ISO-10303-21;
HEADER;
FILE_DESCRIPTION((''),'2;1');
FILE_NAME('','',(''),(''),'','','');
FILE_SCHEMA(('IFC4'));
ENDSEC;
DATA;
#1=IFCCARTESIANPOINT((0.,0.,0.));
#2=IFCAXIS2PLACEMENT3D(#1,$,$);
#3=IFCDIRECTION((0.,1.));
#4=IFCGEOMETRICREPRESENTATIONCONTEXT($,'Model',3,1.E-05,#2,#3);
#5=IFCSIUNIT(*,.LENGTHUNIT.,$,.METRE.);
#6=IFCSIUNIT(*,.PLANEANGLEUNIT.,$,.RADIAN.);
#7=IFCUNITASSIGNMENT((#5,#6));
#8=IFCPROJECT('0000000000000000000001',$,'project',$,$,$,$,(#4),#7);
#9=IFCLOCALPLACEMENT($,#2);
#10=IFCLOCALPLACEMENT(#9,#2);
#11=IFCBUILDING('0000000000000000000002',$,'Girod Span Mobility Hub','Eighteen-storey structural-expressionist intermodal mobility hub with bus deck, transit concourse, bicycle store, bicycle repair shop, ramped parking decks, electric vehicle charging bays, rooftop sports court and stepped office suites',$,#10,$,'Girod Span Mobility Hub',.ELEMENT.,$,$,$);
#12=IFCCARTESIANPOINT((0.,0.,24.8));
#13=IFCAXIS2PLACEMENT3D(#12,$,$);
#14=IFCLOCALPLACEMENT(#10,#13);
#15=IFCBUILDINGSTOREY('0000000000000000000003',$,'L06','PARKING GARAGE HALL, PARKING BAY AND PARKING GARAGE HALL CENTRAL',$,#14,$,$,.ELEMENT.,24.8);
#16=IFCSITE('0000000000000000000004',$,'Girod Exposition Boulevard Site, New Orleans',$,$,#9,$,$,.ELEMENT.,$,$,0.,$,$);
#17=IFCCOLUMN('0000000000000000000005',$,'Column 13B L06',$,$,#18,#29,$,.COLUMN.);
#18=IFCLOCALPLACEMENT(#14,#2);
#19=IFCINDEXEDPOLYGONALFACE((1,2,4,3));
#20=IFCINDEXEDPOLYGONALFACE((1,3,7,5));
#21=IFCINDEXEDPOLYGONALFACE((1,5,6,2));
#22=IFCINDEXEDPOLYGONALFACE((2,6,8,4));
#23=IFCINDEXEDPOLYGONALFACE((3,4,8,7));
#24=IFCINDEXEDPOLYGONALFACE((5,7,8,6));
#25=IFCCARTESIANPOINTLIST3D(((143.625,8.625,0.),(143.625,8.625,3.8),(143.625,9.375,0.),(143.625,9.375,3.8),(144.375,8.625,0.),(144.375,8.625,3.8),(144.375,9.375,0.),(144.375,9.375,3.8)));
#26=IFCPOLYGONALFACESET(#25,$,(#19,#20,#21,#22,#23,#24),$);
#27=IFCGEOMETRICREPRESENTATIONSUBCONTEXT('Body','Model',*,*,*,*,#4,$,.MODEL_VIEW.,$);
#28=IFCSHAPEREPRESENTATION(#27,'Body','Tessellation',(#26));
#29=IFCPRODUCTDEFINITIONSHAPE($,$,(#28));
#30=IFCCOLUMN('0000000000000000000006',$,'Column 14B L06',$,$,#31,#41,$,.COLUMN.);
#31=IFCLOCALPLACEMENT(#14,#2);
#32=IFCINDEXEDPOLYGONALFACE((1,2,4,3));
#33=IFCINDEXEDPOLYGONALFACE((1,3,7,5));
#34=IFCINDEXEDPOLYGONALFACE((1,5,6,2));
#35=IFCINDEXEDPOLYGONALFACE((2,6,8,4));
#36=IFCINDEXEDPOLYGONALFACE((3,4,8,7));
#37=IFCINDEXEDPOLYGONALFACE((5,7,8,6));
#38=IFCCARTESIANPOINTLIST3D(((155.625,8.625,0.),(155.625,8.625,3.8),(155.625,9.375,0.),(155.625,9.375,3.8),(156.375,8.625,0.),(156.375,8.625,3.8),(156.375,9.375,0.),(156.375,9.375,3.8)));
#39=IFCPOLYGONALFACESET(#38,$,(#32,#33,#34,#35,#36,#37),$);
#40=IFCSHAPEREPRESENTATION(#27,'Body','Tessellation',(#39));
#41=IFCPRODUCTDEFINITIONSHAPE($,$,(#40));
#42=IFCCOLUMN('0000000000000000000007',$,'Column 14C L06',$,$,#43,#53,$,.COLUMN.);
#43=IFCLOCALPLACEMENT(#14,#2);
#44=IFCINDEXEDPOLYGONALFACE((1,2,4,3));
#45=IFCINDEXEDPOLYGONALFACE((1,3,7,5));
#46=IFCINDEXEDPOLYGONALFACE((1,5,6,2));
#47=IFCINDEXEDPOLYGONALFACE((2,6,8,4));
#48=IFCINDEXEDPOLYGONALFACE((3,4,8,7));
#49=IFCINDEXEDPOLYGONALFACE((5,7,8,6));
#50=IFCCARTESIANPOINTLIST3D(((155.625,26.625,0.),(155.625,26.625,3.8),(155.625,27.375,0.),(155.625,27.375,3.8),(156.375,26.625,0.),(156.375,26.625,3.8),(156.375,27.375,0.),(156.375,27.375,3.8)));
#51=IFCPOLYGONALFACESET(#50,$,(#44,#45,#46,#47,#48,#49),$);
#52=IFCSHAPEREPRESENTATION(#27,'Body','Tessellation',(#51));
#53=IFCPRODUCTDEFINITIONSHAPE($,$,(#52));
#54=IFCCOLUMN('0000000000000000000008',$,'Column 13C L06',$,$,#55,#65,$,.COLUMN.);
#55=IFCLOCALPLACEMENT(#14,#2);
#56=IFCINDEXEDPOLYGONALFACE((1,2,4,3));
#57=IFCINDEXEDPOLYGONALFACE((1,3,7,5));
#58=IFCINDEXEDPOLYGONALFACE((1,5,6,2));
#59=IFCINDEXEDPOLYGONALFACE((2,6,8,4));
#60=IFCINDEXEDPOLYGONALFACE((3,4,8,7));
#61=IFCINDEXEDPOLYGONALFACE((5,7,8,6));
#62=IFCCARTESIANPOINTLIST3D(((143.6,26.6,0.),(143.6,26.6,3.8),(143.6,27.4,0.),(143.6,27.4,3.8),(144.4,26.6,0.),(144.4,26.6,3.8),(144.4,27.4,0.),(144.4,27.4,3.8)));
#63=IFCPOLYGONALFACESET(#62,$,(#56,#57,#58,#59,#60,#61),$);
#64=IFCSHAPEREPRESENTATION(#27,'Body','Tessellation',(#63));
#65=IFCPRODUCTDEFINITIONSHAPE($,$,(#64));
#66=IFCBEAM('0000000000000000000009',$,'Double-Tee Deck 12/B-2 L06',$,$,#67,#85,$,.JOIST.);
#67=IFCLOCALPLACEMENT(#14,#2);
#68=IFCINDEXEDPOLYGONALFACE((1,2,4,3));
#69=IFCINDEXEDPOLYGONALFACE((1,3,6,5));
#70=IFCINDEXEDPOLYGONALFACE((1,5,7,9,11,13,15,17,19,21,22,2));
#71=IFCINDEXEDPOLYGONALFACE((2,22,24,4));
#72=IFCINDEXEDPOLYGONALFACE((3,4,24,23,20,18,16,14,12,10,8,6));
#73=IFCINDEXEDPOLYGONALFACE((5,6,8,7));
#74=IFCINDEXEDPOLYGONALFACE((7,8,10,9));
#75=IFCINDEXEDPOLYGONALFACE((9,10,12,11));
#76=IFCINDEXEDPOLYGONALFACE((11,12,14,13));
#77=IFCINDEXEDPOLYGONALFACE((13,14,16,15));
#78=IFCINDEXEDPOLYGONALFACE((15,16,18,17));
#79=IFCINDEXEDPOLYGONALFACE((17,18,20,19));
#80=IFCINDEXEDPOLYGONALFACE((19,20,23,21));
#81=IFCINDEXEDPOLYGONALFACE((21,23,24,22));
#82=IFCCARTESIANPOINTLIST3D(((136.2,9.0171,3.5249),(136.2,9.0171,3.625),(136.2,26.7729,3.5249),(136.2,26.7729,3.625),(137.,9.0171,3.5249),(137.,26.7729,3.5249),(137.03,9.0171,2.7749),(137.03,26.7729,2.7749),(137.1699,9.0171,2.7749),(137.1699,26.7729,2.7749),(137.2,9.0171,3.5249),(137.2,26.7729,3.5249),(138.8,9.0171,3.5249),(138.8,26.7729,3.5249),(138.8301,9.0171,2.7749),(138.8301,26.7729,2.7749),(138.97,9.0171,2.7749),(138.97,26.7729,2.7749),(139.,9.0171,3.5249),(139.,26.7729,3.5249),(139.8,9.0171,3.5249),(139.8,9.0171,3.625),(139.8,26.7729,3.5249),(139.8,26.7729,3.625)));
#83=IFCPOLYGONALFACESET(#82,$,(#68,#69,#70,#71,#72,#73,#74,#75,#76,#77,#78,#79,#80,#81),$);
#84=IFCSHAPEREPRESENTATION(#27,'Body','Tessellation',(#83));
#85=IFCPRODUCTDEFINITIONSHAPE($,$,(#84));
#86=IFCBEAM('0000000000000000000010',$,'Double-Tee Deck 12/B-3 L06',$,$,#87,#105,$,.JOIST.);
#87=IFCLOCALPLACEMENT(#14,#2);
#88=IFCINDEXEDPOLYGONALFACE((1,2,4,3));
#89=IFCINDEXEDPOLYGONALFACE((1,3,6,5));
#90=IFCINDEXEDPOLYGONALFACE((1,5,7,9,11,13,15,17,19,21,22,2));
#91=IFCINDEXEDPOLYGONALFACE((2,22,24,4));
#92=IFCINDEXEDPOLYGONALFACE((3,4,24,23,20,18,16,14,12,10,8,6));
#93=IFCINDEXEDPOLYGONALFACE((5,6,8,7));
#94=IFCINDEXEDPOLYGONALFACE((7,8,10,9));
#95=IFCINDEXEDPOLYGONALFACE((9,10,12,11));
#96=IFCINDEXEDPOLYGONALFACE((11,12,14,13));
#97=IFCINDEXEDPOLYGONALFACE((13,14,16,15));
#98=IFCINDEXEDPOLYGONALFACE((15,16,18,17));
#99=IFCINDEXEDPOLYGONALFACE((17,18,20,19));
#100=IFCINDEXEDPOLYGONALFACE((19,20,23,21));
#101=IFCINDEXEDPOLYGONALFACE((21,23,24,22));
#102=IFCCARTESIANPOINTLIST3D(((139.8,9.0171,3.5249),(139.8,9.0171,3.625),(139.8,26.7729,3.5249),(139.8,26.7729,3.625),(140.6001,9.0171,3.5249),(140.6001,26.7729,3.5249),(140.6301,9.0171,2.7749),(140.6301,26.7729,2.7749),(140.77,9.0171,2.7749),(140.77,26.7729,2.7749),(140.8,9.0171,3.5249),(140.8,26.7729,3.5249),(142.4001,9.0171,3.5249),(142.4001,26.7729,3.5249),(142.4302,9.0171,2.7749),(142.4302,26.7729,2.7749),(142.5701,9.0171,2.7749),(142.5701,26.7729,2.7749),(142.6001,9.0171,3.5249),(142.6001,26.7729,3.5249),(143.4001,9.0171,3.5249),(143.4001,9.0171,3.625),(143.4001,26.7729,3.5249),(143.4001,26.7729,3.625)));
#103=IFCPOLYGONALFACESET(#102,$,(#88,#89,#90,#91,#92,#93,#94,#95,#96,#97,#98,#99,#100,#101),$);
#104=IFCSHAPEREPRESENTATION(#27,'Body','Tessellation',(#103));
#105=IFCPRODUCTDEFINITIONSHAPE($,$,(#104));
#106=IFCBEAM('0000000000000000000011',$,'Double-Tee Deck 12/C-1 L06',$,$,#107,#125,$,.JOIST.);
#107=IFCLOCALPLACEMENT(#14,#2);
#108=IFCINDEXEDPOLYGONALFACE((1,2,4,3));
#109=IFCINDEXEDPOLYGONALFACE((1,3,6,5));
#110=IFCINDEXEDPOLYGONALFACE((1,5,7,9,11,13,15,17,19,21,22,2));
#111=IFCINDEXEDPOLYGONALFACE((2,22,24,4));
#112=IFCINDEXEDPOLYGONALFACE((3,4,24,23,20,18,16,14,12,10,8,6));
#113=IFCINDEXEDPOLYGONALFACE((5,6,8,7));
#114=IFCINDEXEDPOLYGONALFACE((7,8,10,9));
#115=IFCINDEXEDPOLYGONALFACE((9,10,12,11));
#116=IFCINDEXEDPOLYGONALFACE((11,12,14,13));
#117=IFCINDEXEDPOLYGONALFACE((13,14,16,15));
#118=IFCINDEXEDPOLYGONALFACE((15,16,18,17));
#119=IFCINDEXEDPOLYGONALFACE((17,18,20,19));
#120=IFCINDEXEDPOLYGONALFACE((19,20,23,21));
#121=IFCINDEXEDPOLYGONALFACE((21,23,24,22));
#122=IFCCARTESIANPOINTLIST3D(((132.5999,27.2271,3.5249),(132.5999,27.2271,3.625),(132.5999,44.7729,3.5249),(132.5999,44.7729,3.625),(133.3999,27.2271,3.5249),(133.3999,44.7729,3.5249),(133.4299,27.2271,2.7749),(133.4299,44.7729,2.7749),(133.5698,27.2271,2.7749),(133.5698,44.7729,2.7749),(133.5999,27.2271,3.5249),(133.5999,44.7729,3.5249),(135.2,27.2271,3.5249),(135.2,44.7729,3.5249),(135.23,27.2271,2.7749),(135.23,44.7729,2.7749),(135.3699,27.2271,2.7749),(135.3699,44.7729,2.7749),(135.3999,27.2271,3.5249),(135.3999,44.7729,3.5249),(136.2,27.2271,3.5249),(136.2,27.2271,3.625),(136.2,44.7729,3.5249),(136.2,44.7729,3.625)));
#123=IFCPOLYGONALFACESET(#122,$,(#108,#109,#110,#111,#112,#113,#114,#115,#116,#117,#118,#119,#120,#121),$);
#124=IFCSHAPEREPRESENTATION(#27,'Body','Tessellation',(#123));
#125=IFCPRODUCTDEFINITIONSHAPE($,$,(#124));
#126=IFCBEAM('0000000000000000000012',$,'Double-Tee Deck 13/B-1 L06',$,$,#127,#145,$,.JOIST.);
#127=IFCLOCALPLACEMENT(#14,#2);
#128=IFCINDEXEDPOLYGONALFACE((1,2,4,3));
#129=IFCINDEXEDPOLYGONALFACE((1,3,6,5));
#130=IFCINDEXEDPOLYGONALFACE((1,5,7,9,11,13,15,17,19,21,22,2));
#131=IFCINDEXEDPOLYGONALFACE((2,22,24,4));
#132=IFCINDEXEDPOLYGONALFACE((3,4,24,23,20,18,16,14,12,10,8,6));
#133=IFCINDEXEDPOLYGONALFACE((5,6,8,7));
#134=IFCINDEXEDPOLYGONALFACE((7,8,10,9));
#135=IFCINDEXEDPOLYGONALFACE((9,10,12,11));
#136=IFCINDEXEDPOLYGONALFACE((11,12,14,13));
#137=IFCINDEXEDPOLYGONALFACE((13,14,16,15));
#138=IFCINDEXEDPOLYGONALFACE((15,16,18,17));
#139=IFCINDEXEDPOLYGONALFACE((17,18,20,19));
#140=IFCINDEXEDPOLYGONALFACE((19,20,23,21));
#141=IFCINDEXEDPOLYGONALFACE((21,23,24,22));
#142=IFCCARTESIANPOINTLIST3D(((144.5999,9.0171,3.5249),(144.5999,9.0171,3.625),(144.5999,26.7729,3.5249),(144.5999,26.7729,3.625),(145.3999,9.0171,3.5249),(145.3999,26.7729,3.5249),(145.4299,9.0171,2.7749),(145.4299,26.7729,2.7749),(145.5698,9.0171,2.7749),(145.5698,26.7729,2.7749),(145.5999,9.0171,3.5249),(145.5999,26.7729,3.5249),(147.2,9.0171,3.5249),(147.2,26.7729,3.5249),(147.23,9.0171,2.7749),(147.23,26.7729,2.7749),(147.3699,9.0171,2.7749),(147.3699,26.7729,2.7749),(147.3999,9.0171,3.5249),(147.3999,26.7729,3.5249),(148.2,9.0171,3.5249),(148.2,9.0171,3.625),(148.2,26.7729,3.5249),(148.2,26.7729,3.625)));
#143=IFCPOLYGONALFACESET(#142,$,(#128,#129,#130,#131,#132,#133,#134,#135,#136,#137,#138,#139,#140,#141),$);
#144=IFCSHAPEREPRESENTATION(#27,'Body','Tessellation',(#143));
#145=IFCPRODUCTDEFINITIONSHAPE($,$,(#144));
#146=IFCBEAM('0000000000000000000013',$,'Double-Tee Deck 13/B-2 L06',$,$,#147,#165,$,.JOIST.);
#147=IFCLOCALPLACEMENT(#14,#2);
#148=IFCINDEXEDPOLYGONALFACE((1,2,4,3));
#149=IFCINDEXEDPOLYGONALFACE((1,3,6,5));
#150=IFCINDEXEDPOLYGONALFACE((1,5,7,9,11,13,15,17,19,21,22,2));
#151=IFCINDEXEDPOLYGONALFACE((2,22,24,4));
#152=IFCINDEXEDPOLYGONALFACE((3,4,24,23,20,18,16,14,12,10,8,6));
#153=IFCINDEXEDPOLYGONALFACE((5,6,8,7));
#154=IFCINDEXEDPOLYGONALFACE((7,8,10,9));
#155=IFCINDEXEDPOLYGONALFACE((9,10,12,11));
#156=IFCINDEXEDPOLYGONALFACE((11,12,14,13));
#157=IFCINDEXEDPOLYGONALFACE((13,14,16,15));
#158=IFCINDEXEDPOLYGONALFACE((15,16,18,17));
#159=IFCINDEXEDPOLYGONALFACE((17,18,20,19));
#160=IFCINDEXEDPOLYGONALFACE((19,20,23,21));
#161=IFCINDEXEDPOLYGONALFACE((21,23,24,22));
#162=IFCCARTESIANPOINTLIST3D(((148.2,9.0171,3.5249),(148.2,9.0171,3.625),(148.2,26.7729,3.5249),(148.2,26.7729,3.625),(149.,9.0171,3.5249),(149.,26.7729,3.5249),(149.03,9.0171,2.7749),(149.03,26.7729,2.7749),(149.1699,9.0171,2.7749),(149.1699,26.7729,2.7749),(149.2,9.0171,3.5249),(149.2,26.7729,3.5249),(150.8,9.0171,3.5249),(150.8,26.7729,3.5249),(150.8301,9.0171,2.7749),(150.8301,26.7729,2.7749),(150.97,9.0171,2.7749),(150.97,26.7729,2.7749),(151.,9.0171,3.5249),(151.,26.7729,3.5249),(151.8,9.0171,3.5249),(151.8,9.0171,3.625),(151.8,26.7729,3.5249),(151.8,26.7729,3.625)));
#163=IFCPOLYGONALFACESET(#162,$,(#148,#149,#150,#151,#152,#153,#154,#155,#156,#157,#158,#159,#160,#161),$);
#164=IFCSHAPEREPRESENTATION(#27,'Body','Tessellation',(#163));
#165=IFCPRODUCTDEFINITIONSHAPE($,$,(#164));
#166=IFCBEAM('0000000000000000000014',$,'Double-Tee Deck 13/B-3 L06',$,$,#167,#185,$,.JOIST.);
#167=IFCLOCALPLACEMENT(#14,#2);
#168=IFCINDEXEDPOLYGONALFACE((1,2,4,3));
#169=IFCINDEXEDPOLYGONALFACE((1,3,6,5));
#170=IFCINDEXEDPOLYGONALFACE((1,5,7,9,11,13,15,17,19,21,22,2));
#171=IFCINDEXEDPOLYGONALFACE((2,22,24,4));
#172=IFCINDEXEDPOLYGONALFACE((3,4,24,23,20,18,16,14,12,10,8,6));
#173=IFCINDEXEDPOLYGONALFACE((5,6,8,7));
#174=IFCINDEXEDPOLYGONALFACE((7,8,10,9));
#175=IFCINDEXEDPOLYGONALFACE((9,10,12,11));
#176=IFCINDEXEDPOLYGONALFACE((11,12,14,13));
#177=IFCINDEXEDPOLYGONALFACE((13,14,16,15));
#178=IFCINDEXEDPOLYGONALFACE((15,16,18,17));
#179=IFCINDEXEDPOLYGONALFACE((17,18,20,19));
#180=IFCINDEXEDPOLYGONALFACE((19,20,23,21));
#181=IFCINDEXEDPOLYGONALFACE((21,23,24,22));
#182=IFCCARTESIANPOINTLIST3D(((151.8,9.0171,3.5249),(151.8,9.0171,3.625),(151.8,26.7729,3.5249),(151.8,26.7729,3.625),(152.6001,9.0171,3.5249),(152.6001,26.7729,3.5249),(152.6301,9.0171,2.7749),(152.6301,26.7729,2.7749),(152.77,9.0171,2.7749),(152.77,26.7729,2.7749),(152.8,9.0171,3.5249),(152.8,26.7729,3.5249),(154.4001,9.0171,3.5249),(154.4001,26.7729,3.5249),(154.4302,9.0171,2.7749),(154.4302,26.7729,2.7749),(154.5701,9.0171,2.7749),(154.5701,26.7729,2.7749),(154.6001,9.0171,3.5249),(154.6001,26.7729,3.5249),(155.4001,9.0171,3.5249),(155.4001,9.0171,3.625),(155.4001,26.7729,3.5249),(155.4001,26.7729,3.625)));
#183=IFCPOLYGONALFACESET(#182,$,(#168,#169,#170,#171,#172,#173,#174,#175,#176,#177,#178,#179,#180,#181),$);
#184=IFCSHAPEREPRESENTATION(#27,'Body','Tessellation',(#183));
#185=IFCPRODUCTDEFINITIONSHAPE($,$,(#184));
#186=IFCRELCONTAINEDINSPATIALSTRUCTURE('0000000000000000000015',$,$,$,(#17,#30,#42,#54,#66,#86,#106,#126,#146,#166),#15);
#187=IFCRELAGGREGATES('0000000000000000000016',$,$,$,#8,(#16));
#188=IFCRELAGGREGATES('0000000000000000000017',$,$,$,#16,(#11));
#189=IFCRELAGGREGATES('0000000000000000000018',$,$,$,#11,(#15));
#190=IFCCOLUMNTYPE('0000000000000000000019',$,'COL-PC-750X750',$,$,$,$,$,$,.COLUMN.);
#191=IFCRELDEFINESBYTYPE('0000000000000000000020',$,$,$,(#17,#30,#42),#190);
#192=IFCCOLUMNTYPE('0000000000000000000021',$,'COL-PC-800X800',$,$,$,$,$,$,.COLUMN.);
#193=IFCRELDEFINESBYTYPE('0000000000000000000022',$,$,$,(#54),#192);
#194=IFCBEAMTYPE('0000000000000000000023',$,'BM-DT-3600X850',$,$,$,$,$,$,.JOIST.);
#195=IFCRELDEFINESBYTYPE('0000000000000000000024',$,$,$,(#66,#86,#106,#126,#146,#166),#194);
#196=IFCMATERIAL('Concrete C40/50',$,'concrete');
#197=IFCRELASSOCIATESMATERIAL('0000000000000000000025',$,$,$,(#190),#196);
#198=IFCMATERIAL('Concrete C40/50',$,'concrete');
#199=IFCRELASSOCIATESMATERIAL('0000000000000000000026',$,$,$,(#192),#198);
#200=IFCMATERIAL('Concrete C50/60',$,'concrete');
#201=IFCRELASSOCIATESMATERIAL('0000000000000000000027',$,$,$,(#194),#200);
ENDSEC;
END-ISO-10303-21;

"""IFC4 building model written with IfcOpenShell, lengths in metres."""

from ifc_helpers import new_model, si_unit, direction, frame, origin, origin_2d, place, context, subcontext, project, spatial, polyline, rectangle, outline, extrude, material, material_profile, profile_set, type_object, element, save


model = new_model("IFC4")

# Units and contexts
model_context = context("Model", 3, precision=1e-05, world=origin(), true_north=direction((0.0, 1.0)))
body_context = subcontext(model_context, "Body", "Model", "MODEL_VIEW")
ifc_project = project(units=[si_unit("LENGTHUNIT", "METRE"), si_unit("PLANEANGLEUNIT", "RADIAN")], contexts=[model_context])

# Site, building, storey
site_placement = place(None, origin())
site = spatial("IfcSite", under=ifc_project, at=site_placement, Name="Girod Exposition Boulevard Site, New Orleans", CompositionType="ELEMENT", RefElevation=0.0)
building_placement = place(site_placement, origin())
building = spatial("IfcBuilding", under=site, at=building_placement, Name="Girod Span Mobility Hub", Description="Eighteen-storey structural-expressionist intermodal mobility hub with bus deck, transit concourse, bicycle store, bicycle repair shop, ramped parking decks, electric vehicle charging bays, rooftop sports court and stepped office suites", LongName="Girod Span Mobility Hub", CompositionType="ELEMENT")
storey_placement = place(building_placement, frame((0.0, 0.0, 24.8)))
storey = spatial("IfcBuildingStorey", under=building, at=storey_placement, Name="L06", Description="PARKING GARAGE HALL, PARKING BAY AND PARKING GARAGE HALL CENTRAL", CompositionType="ELEMENT", Elevation=24.8)

# Columns
ifc_material_1 = material(Name="Concrete C40/50", Category="concrete")
ifc_material_profile_1 = material_profile(ifc_material_1, rectangle(XDim=0.75, YDim=0.75, at=origin_2d()), Name="PC-COL-750X750")
ifc_profile_set_1 = profile_set([ifc_material_profile_1], Name="Concrete C40/50")
column_type_1 = type_object("IfcColumnType", Name="COL-PC-750X750", PredefinedType="COLUMN", material=ifc_profile_set_1)
for number, where, z_axis, x_axis, name in (
    (1, (144.0, 9.0, 0.0), (0.0, 0.0, 1.0), (1.0, 0.0, 0.0), "Column 13B L06"),
    (2, (156.0, 9.0, 0.0), (0.0, 0.0, 1.0), (1.0, 0.0, 0.0), "Column 14B L06"),
    (3, (156.0, 27.0, 0.0), (0.0, 0.0, 1.0), (1.0, 0.0, 0.0), "Column 14C L06"),
):
    element("IfcColumn", number, at=place(storey_placement, frame(where, z_axis=z_axis, x_axis=x_axis)), inside=storey, type_object=column_type_1, Name=name, PredefinedType="COLUMN", context=body_context, shape_type="SweptSolid", body=[
        extrude(rectangle(XDim=0.75, YDim=0.75, at=origin_2d()), origin(), (0.0, 0.0, 1.0), 3.8),
    ])
ifc_material_2 = material(Name="Concrete C40/50", Category="concrete")
ifc_material_profile_2 = material_profile(ifc_material_2, rectangle(XDim=0.8, YDim=0.8, at=origin_2d()), Name="PC-COL-800X800")
ifc_profile_set_2 = profile_set([ifc_material_profile_2], Name="Concrete C40/50")
column_type_2 = type_object("IfcColumnType", Name="COL-PC-800X800", PredefinedType="COLUMN", material=ifc_profile_set_2)
column_placement = place(storey_placement, frame((144.0, 27.0, 0.0), z_axis=(0.0, 0.0, 1.0), x_axis=(1.0, 0.0, 0.0)))
element("IfcColumn", 4, at=column_placement, inside=storey, type_object=column_type_2, Name="Column 13C L06", PredefinedType="COLUMN", context=body_context, shape_type="SweptSolid", body=[
    extrude(rectangle(XDim=0.8, YDim=0.8, at=origin_2d()), origin(), (0.0, 0.0, 1.0), 3.8),
])

# Beams
ifc_material_3 = material(Name="Concrete C50/60", Category="concrete")
ifc_material_profile_3 = material_profile(ifc_material_3, outline(polyline([(-1.8, 0.425), (-1.8, 0.325), (-1.0, 0.325), (-0.97, -0.425), (-0.8301, -0.425), (-0.8, 0.325), (0.8, 0.325), (0.8301, -0.425), (0.97, -0.425), (1.0, 0.325), (1.8, 0.325), (1.8, 0.425), (-1.8, 0.425)])), Name="DT-3600X850")
ifc_profile_set_3 = profile_set([ifc_material_profile_3], Name="Concrete C50/60")
beam_type_1 = type_object("IfcBeamType", Name="BM-DT-3600X850", PredefinedType="JOIST", material=ifc_profile_set_3)
for number, where, z_axis, x_axis, name in (
    (5, (138.0, 9.0171, 3.2), (0.0, 1.0, 0.0), (-1.0, 0.0, 0.0), "Double-Tee Deck 12/B-2 L06"),
    (6, (141.6001, 9.0171, 3.2), (0.0, 1.0, 0.0), (-1.0, 0.0, 0.0), "Double-Tee Deck 12/B-3 L06"),
):
    element("IfcBeam", number, at=place(storey_placement, frame(where, z_axis=z_axis, x_axis=x_axis)), inside=storey, type_object=beam_type_1, Name=name, PredefinedType="JOIST", context=body_context, shape_type="SweptSolid", body=[
        extrude(outline(polyline([(-1.8, 0.425), (-1.8, 0.325), (-1.0, 0.325), (-0.97, -0.425), (-0.8301, -0.425), (-0.8, 0.325), (0.8, 0.325), (0.8301, -0.425), (0.97, -0.425), (1.0, 0.325), (1.8, 0.325), (1.8, 0.425), (-1.8, 0.425)])), origin(), (0.0, 0.0, 1.0), 17.7559),
    ])
beam_1_placement = place(storey_placement, frame((134.3999, 27.2271, 3.2), z_axis=(0.0, 1.0, 0.0), x_axis=(-1.0, 0.0, 0.0)))
element("IfcBeam", 7, at=beam_1_placement, inside=storey, type_object=beam_type_1, Name="Double-Tee Deck 12/C-1 L06", PredefinedType="JOIST", context=body_context, shape_type="SweptSolid", body=[
    extrude(outline(polyline([(-1.8, 0.425), (-1.8, 0.325), (-1.0, 0.325), (-0.97, -0.425), (-0.8301, -0.425), (-0.8, 0.325), (0.8, 0.325), (0.8301, -0.425), (0.97, -0.425), (1.0, 0.325), (1.8, 0.325), (1.8, 0.425), (-1.8, 0.425)])), origin(), (0.0, 0.0, 1.0), 17.5459),
])
for number, where, z_axis, x_axis, name in (
    (8, (146.3999, 9.0171, 3.2), (0.0, 1.0, 0.0), (-1.0, 0.0, 0.0), "Double-Tee Deck 13/B-1 L06"),
    (9, (150.0, 9.0171, 3.2), (0.0, 1.0, 0.0), (-1.0, 0.0, 0.0), "Double-Tee Deck 13/B-2 L06"),
    (10, (153.6001, 9.0171, 3.2), (0.0, 1.0, 0.0), (-1.0, 0.0, 0.0), "Double-Tee Deck 13/B-3 L06"),
):
    element("IfcBeam", number, at=place(storey_placement, frame(where, z_axis=z_axis, x_axis=x_axis)), inside=storey, type_object=beam_type_1, Name=name, PredefinedType="JOIST", context=body_context, shape_type="SweptSolid", body=[
        extrude(outline(polyline([(-1.8, 0.425), (-1.8, 0.325), (-1.0, 0.325), (-0.97, -0.425), (-0.8301, -0.425), (-0.8, 0.325), (0.8, 0.325), (0.8301, -0.425), (0.97, -0.425), (1.0, 0.325), (1.8, 0.325), (1.8, 0.425), (-1.8, 0.425)])), origin(), (0.0, 0.0, 1.0), 17.7559),
    ])

save(model, "model.ifc")
